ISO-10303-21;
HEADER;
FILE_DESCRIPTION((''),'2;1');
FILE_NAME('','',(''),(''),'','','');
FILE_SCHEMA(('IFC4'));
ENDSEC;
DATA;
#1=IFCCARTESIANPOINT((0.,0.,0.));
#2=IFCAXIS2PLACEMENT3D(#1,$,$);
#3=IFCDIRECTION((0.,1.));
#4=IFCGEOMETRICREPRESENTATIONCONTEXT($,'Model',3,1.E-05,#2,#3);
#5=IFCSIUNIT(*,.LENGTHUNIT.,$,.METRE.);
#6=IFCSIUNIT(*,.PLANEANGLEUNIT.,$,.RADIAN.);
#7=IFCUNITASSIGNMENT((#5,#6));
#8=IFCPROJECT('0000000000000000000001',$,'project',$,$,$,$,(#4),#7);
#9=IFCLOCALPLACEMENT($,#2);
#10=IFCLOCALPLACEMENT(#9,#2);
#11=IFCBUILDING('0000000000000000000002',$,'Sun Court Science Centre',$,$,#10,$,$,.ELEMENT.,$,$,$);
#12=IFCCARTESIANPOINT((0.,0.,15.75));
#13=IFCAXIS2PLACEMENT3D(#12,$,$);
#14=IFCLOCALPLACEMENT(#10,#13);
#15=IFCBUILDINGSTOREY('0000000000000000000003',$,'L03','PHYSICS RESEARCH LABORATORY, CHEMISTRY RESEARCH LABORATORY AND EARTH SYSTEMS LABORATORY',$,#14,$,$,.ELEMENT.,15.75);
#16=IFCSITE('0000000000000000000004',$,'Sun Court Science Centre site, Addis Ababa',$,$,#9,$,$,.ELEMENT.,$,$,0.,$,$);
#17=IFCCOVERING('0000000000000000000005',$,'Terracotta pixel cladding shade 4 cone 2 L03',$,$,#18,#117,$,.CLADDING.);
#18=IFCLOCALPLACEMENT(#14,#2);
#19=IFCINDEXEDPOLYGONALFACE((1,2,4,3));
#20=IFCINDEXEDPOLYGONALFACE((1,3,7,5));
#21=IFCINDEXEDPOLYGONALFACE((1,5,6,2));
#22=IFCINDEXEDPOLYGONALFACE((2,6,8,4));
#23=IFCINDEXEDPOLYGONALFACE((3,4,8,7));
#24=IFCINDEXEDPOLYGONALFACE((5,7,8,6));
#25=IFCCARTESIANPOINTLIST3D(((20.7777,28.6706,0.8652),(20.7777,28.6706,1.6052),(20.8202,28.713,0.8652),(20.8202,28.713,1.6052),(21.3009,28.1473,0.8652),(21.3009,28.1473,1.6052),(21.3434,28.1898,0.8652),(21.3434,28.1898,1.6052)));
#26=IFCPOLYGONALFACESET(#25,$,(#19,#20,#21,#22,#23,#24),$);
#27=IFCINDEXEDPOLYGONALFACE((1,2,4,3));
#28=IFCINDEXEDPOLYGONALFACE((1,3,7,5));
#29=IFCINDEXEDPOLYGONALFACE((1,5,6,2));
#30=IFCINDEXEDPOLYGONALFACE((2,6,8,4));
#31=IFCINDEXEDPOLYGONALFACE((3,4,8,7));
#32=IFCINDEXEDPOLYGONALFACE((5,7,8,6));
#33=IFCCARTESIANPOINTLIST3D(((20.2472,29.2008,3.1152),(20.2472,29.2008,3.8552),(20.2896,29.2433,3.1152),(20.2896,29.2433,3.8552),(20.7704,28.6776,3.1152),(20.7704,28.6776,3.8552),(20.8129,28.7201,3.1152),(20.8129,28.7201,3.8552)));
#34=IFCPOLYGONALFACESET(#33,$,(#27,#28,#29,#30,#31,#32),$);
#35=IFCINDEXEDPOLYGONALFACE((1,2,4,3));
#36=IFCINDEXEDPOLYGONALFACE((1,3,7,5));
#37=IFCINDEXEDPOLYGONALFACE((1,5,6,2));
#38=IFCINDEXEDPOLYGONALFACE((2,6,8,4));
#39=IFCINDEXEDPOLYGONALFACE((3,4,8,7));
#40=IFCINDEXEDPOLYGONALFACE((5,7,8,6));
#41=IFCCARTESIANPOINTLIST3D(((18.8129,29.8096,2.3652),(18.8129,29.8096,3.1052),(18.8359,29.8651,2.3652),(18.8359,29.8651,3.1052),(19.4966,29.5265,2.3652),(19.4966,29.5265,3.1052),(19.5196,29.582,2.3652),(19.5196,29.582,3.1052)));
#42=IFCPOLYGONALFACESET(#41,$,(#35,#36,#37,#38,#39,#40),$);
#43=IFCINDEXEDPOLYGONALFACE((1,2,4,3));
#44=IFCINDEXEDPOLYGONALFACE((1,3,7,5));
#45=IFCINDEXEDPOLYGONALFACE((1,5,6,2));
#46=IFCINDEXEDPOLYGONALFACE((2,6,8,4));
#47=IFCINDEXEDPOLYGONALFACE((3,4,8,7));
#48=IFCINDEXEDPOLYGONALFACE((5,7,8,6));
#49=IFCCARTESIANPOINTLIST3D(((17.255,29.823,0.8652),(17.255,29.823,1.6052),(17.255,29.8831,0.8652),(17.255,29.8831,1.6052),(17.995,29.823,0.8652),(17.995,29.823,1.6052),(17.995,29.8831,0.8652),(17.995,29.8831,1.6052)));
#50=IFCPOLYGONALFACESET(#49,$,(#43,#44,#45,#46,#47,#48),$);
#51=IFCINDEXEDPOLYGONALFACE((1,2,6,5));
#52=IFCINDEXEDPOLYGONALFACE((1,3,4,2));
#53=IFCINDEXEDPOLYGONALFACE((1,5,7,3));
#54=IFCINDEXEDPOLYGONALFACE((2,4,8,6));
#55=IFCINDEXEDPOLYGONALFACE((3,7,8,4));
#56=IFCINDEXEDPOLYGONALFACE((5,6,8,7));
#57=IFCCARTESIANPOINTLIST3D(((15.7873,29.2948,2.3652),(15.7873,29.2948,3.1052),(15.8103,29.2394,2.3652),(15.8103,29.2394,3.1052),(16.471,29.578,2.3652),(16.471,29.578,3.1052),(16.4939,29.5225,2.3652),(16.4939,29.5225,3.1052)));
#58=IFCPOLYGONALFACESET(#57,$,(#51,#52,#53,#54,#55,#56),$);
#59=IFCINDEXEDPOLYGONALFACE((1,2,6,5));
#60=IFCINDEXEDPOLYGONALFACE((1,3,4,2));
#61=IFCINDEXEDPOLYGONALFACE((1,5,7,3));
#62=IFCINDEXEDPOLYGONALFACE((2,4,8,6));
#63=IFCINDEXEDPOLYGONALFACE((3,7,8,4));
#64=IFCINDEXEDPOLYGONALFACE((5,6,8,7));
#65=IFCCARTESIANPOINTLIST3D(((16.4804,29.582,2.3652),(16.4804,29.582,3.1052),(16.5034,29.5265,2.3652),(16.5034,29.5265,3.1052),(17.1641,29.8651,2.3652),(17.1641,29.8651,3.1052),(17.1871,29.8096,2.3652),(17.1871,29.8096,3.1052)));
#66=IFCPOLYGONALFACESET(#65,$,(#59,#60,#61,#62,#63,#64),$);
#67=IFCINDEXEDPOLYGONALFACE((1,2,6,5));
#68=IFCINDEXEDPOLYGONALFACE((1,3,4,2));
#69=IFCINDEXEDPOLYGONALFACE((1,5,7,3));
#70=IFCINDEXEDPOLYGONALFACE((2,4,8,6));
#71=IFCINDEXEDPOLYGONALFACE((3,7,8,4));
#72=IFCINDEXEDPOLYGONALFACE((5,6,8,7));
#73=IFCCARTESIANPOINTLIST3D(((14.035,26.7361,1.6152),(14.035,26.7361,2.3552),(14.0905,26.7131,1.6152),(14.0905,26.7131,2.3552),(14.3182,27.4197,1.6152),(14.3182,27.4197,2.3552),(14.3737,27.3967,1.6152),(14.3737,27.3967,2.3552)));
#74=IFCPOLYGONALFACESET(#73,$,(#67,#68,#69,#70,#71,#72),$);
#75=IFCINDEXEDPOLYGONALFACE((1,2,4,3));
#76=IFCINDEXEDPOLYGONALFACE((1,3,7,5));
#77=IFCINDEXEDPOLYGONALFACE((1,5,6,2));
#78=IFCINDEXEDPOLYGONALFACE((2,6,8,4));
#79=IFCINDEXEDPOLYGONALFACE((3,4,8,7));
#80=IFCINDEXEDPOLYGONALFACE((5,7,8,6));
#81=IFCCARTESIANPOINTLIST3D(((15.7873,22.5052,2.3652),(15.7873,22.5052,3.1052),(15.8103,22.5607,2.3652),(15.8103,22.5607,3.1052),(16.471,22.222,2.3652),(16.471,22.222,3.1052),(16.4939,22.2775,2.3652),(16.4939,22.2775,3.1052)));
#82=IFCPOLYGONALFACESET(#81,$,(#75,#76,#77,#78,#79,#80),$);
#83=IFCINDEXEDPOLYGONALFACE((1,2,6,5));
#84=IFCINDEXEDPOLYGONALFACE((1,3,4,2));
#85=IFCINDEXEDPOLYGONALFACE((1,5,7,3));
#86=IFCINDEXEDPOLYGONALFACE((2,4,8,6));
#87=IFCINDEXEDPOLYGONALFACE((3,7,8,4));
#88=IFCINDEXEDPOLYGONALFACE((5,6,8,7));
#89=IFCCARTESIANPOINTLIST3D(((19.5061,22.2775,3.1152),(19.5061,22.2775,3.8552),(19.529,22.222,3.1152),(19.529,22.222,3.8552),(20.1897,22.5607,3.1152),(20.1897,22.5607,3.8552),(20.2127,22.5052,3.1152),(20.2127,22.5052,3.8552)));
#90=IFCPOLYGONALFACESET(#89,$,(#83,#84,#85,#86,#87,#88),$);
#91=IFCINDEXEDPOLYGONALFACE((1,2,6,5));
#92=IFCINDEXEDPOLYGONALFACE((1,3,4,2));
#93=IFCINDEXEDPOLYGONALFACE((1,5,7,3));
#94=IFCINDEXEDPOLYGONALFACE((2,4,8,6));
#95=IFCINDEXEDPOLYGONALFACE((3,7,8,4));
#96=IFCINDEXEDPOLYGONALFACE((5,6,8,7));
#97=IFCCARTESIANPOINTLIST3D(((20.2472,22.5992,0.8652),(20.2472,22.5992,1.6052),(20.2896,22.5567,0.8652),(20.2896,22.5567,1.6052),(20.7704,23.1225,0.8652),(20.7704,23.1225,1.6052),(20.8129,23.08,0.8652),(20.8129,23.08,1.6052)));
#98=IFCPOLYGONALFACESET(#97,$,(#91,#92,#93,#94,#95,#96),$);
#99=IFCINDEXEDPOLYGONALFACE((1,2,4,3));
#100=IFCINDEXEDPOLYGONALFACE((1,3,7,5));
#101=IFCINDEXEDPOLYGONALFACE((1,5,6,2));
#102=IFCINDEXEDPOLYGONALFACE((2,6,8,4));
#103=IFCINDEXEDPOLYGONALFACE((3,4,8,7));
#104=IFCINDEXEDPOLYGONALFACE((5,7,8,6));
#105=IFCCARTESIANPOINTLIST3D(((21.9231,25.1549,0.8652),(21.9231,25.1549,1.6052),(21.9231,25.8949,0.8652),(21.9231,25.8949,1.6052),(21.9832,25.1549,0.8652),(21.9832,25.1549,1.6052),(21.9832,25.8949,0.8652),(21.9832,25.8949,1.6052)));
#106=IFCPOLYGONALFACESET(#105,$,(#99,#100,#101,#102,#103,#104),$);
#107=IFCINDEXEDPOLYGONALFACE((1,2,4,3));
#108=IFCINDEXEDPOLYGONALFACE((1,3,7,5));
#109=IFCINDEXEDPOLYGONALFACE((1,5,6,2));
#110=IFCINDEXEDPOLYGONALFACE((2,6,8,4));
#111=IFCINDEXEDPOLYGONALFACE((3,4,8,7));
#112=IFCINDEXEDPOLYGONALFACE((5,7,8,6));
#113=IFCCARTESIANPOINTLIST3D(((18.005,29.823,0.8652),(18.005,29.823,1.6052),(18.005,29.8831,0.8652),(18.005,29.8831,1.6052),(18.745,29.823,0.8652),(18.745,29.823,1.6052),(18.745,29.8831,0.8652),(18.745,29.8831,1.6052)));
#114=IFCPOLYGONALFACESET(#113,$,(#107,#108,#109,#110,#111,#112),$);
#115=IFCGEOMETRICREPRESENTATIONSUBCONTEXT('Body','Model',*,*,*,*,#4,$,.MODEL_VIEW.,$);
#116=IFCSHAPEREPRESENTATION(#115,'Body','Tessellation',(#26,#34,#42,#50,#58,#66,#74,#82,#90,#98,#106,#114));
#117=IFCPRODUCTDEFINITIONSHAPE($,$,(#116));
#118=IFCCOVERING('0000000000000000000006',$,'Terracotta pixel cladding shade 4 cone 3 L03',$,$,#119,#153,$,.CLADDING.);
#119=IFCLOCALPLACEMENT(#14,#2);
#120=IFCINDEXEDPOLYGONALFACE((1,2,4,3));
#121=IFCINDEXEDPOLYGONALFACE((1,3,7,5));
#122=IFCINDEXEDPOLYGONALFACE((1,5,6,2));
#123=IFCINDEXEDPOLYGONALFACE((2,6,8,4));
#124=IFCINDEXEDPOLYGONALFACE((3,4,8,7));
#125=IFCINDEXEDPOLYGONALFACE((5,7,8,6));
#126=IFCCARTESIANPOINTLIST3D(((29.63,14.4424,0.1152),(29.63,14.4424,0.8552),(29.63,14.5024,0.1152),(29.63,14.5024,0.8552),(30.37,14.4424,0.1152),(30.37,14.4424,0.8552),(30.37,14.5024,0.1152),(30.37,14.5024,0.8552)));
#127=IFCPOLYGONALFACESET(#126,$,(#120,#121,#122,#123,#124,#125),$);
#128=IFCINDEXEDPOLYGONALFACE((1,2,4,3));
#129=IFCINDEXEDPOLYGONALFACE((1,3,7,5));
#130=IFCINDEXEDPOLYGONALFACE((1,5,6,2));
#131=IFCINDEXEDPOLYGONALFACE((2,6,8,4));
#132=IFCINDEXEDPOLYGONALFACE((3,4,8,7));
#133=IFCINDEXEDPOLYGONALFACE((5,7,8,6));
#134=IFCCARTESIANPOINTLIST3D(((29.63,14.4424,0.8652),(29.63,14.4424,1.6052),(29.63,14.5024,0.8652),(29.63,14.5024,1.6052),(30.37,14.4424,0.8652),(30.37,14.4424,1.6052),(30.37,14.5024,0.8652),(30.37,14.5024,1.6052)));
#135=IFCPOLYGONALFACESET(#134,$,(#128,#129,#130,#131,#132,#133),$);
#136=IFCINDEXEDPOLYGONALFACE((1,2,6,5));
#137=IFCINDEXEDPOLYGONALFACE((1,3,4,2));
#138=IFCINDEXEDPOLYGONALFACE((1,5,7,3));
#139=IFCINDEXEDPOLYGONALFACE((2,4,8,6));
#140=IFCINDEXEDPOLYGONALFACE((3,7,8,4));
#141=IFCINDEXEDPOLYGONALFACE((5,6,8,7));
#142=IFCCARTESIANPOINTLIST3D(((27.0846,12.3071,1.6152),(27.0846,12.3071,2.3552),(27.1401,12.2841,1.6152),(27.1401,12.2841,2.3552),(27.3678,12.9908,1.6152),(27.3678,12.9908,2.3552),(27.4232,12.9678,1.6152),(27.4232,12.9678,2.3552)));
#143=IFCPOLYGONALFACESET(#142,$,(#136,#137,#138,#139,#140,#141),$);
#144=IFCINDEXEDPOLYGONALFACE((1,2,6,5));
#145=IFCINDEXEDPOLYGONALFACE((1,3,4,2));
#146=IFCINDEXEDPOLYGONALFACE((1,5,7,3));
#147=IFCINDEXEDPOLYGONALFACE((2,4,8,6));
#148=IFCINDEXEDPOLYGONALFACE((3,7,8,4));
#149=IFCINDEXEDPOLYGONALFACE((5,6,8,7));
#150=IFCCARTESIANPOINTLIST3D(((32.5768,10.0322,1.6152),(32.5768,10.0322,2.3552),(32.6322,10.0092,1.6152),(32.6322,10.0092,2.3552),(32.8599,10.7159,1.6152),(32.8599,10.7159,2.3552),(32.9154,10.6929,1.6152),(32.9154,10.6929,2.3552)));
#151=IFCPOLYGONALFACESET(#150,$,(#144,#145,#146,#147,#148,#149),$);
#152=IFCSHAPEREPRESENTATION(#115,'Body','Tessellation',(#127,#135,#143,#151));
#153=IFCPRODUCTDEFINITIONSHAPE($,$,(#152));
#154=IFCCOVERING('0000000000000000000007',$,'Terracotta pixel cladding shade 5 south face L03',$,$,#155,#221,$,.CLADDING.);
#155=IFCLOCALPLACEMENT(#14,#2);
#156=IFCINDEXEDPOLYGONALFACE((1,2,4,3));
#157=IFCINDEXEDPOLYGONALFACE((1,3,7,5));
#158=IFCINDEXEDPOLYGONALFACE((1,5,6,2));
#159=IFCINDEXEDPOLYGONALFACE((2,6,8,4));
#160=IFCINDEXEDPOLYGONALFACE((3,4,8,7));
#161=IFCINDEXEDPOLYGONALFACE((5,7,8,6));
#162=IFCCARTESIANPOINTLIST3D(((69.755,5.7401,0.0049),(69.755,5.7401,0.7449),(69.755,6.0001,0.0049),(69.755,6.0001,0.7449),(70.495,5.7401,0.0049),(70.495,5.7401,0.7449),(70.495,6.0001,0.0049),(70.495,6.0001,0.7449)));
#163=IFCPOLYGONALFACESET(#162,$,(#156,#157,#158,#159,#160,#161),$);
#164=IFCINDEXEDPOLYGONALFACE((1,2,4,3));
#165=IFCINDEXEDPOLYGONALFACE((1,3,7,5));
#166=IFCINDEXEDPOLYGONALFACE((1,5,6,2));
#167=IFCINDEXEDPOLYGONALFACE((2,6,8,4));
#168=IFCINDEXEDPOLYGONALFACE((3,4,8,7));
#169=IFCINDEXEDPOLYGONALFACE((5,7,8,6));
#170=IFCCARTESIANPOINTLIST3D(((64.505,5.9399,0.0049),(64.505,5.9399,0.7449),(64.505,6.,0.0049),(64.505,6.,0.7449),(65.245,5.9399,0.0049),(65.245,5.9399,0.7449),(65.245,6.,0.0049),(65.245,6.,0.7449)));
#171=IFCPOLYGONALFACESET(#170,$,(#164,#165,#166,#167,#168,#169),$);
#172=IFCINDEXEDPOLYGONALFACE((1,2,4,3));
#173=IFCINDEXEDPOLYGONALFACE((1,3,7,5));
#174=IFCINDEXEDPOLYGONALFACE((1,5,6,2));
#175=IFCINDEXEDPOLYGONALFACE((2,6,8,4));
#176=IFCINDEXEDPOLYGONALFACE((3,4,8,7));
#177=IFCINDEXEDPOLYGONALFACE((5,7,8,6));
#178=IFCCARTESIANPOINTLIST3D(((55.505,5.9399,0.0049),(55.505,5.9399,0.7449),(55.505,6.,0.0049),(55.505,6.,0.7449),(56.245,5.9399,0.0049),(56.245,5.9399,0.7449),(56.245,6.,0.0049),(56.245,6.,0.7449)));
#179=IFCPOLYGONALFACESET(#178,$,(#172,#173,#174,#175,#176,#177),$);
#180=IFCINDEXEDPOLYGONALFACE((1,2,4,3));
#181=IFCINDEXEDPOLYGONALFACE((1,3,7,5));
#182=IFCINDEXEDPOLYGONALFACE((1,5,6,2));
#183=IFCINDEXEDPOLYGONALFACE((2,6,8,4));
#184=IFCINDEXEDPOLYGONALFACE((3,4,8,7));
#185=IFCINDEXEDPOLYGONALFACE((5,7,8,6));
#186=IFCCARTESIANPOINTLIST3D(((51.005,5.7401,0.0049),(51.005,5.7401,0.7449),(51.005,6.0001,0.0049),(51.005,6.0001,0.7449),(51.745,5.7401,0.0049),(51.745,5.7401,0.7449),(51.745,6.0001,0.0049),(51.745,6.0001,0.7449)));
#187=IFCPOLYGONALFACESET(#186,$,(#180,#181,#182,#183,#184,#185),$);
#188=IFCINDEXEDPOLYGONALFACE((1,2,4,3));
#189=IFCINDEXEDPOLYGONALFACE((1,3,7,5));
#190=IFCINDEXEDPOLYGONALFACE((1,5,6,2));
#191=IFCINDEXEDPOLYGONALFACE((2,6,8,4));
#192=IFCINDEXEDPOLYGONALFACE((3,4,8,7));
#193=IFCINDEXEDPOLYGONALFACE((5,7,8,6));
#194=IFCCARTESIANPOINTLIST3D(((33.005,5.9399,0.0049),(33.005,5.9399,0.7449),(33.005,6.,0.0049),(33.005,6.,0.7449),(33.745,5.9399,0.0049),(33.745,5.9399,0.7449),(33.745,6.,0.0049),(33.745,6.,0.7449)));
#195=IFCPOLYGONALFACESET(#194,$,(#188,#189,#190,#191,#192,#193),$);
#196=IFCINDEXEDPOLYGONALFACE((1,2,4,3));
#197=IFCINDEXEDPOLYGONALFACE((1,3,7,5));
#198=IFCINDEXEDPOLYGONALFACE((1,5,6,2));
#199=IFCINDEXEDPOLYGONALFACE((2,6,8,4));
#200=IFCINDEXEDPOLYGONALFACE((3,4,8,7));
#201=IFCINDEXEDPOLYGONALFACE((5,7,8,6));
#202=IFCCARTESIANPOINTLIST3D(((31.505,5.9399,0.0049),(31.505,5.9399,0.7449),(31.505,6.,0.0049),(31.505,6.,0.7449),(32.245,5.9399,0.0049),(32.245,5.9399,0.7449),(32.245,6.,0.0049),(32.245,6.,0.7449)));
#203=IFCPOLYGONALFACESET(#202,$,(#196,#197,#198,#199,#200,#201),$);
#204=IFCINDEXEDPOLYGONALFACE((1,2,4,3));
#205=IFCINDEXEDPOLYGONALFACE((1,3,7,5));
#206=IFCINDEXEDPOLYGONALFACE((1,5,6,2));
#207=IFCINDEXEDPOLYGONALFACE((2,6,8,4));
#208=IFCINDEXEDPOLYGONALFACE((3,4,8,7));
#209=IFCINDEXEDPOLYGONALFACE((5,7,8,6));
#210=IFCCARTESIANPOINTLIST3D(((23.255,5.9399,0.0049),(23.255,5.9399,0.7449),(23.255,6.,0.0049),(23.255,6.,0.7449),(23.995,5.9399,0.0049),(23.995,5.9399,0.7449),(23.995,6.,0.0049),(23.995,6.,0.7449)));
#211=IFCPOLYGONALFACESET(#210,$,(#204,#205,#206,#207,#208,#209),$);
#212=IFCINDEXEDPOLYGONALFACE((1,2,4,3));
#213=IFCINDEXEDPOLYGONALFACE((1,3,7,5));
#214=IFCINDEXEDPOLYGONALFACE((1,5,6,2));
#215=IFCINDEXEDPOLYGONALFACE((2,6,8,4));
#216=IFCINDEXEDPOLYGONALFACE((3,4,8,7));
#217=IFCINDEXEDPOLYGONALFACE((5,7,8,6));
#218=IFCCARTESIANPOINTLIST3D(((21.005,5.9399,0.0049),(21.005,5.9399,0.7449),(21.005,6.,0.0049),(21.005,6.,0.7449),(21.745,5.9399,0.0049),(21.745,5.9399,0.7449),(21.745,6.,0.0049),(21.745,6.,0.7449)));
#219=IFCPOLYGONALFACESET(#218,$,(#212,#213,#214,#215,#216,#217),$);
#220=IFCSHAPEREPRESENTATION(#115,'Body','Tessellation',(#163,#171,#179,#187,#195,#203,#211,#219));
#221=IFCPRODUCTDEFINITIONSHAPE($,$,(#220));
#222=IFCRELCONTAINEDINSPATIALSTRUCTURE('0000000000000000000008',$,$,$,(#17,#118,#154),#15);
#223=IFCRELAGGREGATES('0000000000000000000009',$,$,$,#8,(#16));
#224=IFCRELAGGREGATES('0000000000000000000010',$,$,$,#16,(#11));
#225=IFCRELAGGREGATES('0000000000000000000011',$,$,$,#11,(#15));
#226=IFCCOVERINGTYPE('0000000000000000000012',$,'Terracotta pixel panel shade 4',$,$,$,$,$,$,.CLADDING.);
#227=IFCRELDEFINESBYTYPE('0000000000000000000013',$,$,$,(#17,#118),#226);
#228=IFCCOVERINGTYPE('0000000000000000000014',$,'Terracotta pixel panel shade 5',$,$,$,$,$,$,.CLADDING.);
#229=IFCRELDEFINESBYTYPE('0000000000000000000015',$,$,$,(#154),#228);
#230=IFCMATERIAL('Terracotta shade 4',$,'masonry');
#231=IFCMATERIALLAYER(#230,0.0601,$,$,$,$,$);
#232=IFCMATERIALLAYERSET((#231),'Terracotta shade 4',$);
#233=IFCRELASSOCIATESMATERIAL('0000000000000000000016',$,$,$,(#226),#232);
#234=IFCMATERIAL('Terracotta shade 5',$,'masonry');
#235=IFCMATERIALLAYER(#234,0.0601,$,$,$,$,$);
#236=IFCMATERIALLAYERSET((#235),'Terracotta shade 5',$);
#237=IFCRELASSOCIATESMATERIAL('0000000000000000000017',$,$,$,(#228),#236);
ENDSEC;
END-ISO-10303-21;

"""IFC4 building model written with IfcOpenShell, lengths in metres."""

from ifc_helpers import new_model, si_unit, direction, frame, origin, origin_2d, place, context, subcontext, project, spatial, rectangle, extrude, material, layer, layer_set, type_object, element, save


model = new_model("IFC4")

# Units and contexts
model_context = context("Model", 3, precision=1e-05, world=origin(), true_north=direction((0.0, 1.0)))
body_context = subcontext(model_context, "Body", "Model", "MODEL_VIEW")
ifc_project = project(units=[si_unit("LENGTHUNIT", "METRE"), si_unit("PLANEANGLEUNIT", "RADIAN")], contexts=[model_context])

# Site, building, storey
site_placement = place(None, origin())
site = spatial("IfcSite", under=ifc_project, at=site_placement, Name="Sun Court Science Centre site, Addis Ababa", CompositionType="ELEMENT", RefElevation=0.0)
building_placement = place(site_placement, origin())
building = spatial("IfcBuilding", under=site, at=building_placement, Name="Sun Court Science Centre", CompositionType="ELEMENT")
storey_placement = place(building_placement, frame((0.0, 0.0, 15.75)))
storey = spatial("IfcBuildingStorey", under=building, at=storey_placement, Name="L03", Description="PHYSICS RESEARCH LABORATORY, CHEMISTRY RESEARCH LABORATORY AND EARTH SYSTEMS LABORATORY", CompositionType="ELEMENT", Elevation=15.75)

# Coverings
ifc_material_1 = material(Name="Terracotta shade 4", Category="masonry")
ifc_layer_1 = layer(ifc_material_1, 0.0601)
ifc_layer_set_1 = layer_set([ifc_layer_1], Name="Terracotta shade 4")
covering_type_1 = type_object("IfcCoveringType", Name="Terracotta pixel panel shade 4", PredefinedType="CLADDING", material=ifc_layer_set_1)
covering_1_placement = place(storey_placement, frame((0.0, 0.0, -15.75)))
element("IfcCovering", 1, at=covering_1_placement, inside=storey, type_object=covering_type_1, Name="Terracotta pixel cladding shade 4 cone 2 L03", PredefinedType="CLADDING", context=body_context, shape_type="SweptSolid", body=[
    extrude(rectangle(XDim=0.74, YDim=0.0601, at=origin_2d()), frame((21.0605, 28.4302, 16.6152), z_axis=(0.0, 0.0, 1.0), x_axis=(0.707107, -0.707107, 0.0)), (0.0, 0.0, 1.0), 0.74),
    extrude(rectangle(XDim=0.74, YDim=0.0601, at=origin_2d()), frame((20.53, 28.9604, 18.8652), z_axis=(0.0, 0.0, 1.0), x_axis=(0.707107, -0.707107, 0.0)), (0.0, 0.0, 1.0), 0.74),
    extrude(rectangle(XDim=0.74, YDim=0.0601, at=origin_2d()), frame((19.1663, 29.6958, 18.1152), z_axis=(0.0, 0.0, 1.0), x_axis=(0.92388, -0.382683, 0.0)), (0.0, 0.0, 1.0), 0.74),
    extrude(rectangle(XDim=0.74, YDim=0.0601, at=origin_2d()), frame((17.625, 29.853, 16.6152), z_axis=(0.0, 0.0, 1.0), x_axis=(1.0, 0.0, 0.0)), (0.0, 0.0, 1.0), 0.74),
    extrude(rectangle(XDim=0.74, YDim=0.0601, at=origin_2d()), frame((16.1406, 29.4087, 18.1152), z_axis=(0.0, 0.0, 1.0), x_axis=(0.92388, 0.382683, 0.0)), (0.0, 0.0, 1.0), 0.74),
    extrude(rectangle(XDim=0.74, YDim=0.0601, at=origin_2d()), frame((16.8337, 29.6958, 18.1152), z_axis=(0.0, 0.0, 1.0), x_axis=(0.92388, 0.382683, 0.0)), (0.0, 0.0, 1.0), 0.74),
    extrude(rectangle(XDim=0.74, YDim=0.0601, at=origin_2d()), frame((14.2043, 27.0664, 17.3652), z_axis=(0.0, 0.0, 1.0), x_axis=(0.382683, 0.92388, 0.0)), (0.0, 0.0, 1.0), 0.74),
    extrude(rectangle(XDim=0.74, YDim=0.0601, at=origin_2d()), frame((16.1406, 22.3914, 18.1152), z_axis=(0.0, 0.0, 1.0), x_axis=(-0.92388, 0.382683, 0.0)), (0.0, 0.0, 1.0), 0.74),
    extrude(rectangle(XDim=0.74, YDim=0.0601, at=origin_2d()), frame((19.8594, 22.3914, 18.8652), z_axis=(0.0, 0.0, 1.0), x_axis=(-0.92388, -0.382683, 0.0)), (0.0, 0.0, 1.0), 0.74),
    extrude(rectangle(XDim=0.74, YDim=0.0601, at=origin_2d()), frame((20.53, 22.8396, 16.6152), z_axis=(0.0, 0.0, 1.0), x_axis=(-0.707107, -0.707107, 0.0)), (0.0, 0.0, 1.0), 0.74),
    extrude(rectangle(XDim=0.74, YDim=0.0601, at=origin_2d()), frame((21.9531, 25.5249, 16.6152), z_axis=(0.0, 0.0, 1.0), x_axis=(0.0, -1.0, 0.0)), (0.0, 0.0, 1.0), 0.74),
    extrude(rectangle(XDim=0.74, YDim=0.0601, at=origin_2d()), frame((18.375, 29.853, 16.6152), z_axis=(0.0, 0.0, 1.0), x_axis=(1.0, 0.0, 0.0)), (0.0, 0.0, 1.0), 0.74),
])
covering_2_placement = place(storey_placement, frame((0.0, 0.0, -15.75)))
element("IfcCovering", 2, at=covering_2_placement, inside=storey, type_object=covering_type_1, Name="Terracotta pixel cladding shade 4 cone 3 L03", PredefinedType="CLADDING", context=body_context, shape_type="SweptSolid", body=[
    extrude(rectangle(XDim=0.74, YDim=0.0601, at=origin_2d()), frame((30.0, 14.4724, 15.8652), z_axis=(0.0, 0.0, 1.0), x_axis=(1.0, 0.0, 0.0)), (0.0, 0.0, 1.0), 0.74),
    extrude(rectangle(XDim=0.74, YDim=0.0601, at=origin_2d()), frame((30.0, 14.4724, 16.6152), z_axis=(0.0, 0.0, 1.0), x_axis=(1.0, 0.0, 0.0)), (0.0, 0.0, 1.0), 0.74),
    extrude(rectangle(XDim=0.74, YDim=0.0601, at=origin_2d()), frame((27.2539, 12.6375, 17.3652), z_axis=(0.0, 0.0, 1.0), x_axis=(0.382683, 0.92388, 0.0)), (0.0, 0.0, 1.0), 0.74),
    extrude(rectangle(XDim=0.74, YDim=0.0601, at=origin_2d()), frame((32.7461, 10.3625, 17.3652), z_axis=(0.0, 0.0, 1.0), x_axis=(-0.382683, -0.92388, 0.0)), (0.0, 0.0, 1.0), 0.74),
])
ifc_material_2 = material(Name="Terracotta shade 5", Category="masonry")
ifc_layer_2 = layer(ifc_material_2, 0.0601)
ifc_layer_set_2 = layer_set([ifc_layer_2], Name="Terracotta shade 5")
covering_type_2 = type_object("IfcCoveringType", Name="Terracotta pixel panel shade 5", PredefinedType="CLADDING", material=ifc_layer_set_2)
covering_3_placement = place(storey_placement, frame((0.0, 0.0, -15.75)))
element("IfcCovering", 3, at=covering_3_placement, inside=storey, type_object=covering_type_2, Name="Terracotta pixel cladding shade 5 south face L03", PredefinedType="CLADDING", context=body_context, shape_type="SweptSolid", body=[
    extrude(rectangle(XDim=0.74, YDim=0.26, at=origin_2d()), frame((70.125, 5.8701, 15.7549), z_axis=(0.0, 0.0, 1.0), x_axis=(-1.0, 0.0, 0.0)), (0.0, 0.0, 1.0), 0.74),
    extrude(rectangle(XDim=0.74, YDim=0.0601, at=origin_2d()), frame((64.875, 5.97, 15.7549), z_axis=(0.0, 0.0, 1.0), x_axis=(-1.0, 0.0, 0.0)), (0.0, 0.0, 1.0), 0.74),
    extrude(rectangle(XDim=0.74, YDim=0.0601, at=origin_2d()), frame((55.875, 5.97, 15.7549), z_axis=(0.0, 0.0, 1.0), x_axis=(-1.0, 0.0, 0.0)), (0.0, 0.0, 1.0), 0.74),
    extrude(rectangle(XDim=0.74, YDim=0.26, at=origin_2d()), frame((51.375, 5.8701, 15.7549), z_axis=(0.0, 0.0, 1.0), x_axis=(-1.0, 0.0, 0.0)), (0.0, 0.0, 1.0), 0.74),
    extrude(rectangle(XDim=0.74, YDim=0.0601, at=origin_2d()), frame((33.375, 5.97, 15.7549), z_axis=(0.0, 0.0, 1.0), x_axis=(-1.0, 0.0, 0.0)), (0.0, 0.0, 1.0), 0.74),
    extrude(rectangle(XDim=0.74, YDim=0.0601, at=origin_2d()), frame((31.875, 5.97, 15.7549), z_axis=(0.0, 0.0, 1.0), x_axis=(-1.0, 0.0, 0.0)), (0.0, 0.0, 1.0), 0.74),
    extrude(rectangle(XDim=0.74, YDim=0.0601, at=origin_2d()), frame((23.625, 5.97, 15.7549), z_axis=(0.0, 0.0, 1.0), x_axis=(-1.0, 0.0, 0.0)), (0.0, 0.0, 1.0), 0.74),
    extrude(rectangle(XDim=0.74, YDim=0.0601, at=origin_2d()), frame((21.375, 5.97, 15.7549), z_axis=(0.0, 0.0, 1.0), x_axis=(-1.0, 0.0, 0.0)), (0.0, 0.0, 1.0), 0.74),
])

save(model, "model.ifc")
